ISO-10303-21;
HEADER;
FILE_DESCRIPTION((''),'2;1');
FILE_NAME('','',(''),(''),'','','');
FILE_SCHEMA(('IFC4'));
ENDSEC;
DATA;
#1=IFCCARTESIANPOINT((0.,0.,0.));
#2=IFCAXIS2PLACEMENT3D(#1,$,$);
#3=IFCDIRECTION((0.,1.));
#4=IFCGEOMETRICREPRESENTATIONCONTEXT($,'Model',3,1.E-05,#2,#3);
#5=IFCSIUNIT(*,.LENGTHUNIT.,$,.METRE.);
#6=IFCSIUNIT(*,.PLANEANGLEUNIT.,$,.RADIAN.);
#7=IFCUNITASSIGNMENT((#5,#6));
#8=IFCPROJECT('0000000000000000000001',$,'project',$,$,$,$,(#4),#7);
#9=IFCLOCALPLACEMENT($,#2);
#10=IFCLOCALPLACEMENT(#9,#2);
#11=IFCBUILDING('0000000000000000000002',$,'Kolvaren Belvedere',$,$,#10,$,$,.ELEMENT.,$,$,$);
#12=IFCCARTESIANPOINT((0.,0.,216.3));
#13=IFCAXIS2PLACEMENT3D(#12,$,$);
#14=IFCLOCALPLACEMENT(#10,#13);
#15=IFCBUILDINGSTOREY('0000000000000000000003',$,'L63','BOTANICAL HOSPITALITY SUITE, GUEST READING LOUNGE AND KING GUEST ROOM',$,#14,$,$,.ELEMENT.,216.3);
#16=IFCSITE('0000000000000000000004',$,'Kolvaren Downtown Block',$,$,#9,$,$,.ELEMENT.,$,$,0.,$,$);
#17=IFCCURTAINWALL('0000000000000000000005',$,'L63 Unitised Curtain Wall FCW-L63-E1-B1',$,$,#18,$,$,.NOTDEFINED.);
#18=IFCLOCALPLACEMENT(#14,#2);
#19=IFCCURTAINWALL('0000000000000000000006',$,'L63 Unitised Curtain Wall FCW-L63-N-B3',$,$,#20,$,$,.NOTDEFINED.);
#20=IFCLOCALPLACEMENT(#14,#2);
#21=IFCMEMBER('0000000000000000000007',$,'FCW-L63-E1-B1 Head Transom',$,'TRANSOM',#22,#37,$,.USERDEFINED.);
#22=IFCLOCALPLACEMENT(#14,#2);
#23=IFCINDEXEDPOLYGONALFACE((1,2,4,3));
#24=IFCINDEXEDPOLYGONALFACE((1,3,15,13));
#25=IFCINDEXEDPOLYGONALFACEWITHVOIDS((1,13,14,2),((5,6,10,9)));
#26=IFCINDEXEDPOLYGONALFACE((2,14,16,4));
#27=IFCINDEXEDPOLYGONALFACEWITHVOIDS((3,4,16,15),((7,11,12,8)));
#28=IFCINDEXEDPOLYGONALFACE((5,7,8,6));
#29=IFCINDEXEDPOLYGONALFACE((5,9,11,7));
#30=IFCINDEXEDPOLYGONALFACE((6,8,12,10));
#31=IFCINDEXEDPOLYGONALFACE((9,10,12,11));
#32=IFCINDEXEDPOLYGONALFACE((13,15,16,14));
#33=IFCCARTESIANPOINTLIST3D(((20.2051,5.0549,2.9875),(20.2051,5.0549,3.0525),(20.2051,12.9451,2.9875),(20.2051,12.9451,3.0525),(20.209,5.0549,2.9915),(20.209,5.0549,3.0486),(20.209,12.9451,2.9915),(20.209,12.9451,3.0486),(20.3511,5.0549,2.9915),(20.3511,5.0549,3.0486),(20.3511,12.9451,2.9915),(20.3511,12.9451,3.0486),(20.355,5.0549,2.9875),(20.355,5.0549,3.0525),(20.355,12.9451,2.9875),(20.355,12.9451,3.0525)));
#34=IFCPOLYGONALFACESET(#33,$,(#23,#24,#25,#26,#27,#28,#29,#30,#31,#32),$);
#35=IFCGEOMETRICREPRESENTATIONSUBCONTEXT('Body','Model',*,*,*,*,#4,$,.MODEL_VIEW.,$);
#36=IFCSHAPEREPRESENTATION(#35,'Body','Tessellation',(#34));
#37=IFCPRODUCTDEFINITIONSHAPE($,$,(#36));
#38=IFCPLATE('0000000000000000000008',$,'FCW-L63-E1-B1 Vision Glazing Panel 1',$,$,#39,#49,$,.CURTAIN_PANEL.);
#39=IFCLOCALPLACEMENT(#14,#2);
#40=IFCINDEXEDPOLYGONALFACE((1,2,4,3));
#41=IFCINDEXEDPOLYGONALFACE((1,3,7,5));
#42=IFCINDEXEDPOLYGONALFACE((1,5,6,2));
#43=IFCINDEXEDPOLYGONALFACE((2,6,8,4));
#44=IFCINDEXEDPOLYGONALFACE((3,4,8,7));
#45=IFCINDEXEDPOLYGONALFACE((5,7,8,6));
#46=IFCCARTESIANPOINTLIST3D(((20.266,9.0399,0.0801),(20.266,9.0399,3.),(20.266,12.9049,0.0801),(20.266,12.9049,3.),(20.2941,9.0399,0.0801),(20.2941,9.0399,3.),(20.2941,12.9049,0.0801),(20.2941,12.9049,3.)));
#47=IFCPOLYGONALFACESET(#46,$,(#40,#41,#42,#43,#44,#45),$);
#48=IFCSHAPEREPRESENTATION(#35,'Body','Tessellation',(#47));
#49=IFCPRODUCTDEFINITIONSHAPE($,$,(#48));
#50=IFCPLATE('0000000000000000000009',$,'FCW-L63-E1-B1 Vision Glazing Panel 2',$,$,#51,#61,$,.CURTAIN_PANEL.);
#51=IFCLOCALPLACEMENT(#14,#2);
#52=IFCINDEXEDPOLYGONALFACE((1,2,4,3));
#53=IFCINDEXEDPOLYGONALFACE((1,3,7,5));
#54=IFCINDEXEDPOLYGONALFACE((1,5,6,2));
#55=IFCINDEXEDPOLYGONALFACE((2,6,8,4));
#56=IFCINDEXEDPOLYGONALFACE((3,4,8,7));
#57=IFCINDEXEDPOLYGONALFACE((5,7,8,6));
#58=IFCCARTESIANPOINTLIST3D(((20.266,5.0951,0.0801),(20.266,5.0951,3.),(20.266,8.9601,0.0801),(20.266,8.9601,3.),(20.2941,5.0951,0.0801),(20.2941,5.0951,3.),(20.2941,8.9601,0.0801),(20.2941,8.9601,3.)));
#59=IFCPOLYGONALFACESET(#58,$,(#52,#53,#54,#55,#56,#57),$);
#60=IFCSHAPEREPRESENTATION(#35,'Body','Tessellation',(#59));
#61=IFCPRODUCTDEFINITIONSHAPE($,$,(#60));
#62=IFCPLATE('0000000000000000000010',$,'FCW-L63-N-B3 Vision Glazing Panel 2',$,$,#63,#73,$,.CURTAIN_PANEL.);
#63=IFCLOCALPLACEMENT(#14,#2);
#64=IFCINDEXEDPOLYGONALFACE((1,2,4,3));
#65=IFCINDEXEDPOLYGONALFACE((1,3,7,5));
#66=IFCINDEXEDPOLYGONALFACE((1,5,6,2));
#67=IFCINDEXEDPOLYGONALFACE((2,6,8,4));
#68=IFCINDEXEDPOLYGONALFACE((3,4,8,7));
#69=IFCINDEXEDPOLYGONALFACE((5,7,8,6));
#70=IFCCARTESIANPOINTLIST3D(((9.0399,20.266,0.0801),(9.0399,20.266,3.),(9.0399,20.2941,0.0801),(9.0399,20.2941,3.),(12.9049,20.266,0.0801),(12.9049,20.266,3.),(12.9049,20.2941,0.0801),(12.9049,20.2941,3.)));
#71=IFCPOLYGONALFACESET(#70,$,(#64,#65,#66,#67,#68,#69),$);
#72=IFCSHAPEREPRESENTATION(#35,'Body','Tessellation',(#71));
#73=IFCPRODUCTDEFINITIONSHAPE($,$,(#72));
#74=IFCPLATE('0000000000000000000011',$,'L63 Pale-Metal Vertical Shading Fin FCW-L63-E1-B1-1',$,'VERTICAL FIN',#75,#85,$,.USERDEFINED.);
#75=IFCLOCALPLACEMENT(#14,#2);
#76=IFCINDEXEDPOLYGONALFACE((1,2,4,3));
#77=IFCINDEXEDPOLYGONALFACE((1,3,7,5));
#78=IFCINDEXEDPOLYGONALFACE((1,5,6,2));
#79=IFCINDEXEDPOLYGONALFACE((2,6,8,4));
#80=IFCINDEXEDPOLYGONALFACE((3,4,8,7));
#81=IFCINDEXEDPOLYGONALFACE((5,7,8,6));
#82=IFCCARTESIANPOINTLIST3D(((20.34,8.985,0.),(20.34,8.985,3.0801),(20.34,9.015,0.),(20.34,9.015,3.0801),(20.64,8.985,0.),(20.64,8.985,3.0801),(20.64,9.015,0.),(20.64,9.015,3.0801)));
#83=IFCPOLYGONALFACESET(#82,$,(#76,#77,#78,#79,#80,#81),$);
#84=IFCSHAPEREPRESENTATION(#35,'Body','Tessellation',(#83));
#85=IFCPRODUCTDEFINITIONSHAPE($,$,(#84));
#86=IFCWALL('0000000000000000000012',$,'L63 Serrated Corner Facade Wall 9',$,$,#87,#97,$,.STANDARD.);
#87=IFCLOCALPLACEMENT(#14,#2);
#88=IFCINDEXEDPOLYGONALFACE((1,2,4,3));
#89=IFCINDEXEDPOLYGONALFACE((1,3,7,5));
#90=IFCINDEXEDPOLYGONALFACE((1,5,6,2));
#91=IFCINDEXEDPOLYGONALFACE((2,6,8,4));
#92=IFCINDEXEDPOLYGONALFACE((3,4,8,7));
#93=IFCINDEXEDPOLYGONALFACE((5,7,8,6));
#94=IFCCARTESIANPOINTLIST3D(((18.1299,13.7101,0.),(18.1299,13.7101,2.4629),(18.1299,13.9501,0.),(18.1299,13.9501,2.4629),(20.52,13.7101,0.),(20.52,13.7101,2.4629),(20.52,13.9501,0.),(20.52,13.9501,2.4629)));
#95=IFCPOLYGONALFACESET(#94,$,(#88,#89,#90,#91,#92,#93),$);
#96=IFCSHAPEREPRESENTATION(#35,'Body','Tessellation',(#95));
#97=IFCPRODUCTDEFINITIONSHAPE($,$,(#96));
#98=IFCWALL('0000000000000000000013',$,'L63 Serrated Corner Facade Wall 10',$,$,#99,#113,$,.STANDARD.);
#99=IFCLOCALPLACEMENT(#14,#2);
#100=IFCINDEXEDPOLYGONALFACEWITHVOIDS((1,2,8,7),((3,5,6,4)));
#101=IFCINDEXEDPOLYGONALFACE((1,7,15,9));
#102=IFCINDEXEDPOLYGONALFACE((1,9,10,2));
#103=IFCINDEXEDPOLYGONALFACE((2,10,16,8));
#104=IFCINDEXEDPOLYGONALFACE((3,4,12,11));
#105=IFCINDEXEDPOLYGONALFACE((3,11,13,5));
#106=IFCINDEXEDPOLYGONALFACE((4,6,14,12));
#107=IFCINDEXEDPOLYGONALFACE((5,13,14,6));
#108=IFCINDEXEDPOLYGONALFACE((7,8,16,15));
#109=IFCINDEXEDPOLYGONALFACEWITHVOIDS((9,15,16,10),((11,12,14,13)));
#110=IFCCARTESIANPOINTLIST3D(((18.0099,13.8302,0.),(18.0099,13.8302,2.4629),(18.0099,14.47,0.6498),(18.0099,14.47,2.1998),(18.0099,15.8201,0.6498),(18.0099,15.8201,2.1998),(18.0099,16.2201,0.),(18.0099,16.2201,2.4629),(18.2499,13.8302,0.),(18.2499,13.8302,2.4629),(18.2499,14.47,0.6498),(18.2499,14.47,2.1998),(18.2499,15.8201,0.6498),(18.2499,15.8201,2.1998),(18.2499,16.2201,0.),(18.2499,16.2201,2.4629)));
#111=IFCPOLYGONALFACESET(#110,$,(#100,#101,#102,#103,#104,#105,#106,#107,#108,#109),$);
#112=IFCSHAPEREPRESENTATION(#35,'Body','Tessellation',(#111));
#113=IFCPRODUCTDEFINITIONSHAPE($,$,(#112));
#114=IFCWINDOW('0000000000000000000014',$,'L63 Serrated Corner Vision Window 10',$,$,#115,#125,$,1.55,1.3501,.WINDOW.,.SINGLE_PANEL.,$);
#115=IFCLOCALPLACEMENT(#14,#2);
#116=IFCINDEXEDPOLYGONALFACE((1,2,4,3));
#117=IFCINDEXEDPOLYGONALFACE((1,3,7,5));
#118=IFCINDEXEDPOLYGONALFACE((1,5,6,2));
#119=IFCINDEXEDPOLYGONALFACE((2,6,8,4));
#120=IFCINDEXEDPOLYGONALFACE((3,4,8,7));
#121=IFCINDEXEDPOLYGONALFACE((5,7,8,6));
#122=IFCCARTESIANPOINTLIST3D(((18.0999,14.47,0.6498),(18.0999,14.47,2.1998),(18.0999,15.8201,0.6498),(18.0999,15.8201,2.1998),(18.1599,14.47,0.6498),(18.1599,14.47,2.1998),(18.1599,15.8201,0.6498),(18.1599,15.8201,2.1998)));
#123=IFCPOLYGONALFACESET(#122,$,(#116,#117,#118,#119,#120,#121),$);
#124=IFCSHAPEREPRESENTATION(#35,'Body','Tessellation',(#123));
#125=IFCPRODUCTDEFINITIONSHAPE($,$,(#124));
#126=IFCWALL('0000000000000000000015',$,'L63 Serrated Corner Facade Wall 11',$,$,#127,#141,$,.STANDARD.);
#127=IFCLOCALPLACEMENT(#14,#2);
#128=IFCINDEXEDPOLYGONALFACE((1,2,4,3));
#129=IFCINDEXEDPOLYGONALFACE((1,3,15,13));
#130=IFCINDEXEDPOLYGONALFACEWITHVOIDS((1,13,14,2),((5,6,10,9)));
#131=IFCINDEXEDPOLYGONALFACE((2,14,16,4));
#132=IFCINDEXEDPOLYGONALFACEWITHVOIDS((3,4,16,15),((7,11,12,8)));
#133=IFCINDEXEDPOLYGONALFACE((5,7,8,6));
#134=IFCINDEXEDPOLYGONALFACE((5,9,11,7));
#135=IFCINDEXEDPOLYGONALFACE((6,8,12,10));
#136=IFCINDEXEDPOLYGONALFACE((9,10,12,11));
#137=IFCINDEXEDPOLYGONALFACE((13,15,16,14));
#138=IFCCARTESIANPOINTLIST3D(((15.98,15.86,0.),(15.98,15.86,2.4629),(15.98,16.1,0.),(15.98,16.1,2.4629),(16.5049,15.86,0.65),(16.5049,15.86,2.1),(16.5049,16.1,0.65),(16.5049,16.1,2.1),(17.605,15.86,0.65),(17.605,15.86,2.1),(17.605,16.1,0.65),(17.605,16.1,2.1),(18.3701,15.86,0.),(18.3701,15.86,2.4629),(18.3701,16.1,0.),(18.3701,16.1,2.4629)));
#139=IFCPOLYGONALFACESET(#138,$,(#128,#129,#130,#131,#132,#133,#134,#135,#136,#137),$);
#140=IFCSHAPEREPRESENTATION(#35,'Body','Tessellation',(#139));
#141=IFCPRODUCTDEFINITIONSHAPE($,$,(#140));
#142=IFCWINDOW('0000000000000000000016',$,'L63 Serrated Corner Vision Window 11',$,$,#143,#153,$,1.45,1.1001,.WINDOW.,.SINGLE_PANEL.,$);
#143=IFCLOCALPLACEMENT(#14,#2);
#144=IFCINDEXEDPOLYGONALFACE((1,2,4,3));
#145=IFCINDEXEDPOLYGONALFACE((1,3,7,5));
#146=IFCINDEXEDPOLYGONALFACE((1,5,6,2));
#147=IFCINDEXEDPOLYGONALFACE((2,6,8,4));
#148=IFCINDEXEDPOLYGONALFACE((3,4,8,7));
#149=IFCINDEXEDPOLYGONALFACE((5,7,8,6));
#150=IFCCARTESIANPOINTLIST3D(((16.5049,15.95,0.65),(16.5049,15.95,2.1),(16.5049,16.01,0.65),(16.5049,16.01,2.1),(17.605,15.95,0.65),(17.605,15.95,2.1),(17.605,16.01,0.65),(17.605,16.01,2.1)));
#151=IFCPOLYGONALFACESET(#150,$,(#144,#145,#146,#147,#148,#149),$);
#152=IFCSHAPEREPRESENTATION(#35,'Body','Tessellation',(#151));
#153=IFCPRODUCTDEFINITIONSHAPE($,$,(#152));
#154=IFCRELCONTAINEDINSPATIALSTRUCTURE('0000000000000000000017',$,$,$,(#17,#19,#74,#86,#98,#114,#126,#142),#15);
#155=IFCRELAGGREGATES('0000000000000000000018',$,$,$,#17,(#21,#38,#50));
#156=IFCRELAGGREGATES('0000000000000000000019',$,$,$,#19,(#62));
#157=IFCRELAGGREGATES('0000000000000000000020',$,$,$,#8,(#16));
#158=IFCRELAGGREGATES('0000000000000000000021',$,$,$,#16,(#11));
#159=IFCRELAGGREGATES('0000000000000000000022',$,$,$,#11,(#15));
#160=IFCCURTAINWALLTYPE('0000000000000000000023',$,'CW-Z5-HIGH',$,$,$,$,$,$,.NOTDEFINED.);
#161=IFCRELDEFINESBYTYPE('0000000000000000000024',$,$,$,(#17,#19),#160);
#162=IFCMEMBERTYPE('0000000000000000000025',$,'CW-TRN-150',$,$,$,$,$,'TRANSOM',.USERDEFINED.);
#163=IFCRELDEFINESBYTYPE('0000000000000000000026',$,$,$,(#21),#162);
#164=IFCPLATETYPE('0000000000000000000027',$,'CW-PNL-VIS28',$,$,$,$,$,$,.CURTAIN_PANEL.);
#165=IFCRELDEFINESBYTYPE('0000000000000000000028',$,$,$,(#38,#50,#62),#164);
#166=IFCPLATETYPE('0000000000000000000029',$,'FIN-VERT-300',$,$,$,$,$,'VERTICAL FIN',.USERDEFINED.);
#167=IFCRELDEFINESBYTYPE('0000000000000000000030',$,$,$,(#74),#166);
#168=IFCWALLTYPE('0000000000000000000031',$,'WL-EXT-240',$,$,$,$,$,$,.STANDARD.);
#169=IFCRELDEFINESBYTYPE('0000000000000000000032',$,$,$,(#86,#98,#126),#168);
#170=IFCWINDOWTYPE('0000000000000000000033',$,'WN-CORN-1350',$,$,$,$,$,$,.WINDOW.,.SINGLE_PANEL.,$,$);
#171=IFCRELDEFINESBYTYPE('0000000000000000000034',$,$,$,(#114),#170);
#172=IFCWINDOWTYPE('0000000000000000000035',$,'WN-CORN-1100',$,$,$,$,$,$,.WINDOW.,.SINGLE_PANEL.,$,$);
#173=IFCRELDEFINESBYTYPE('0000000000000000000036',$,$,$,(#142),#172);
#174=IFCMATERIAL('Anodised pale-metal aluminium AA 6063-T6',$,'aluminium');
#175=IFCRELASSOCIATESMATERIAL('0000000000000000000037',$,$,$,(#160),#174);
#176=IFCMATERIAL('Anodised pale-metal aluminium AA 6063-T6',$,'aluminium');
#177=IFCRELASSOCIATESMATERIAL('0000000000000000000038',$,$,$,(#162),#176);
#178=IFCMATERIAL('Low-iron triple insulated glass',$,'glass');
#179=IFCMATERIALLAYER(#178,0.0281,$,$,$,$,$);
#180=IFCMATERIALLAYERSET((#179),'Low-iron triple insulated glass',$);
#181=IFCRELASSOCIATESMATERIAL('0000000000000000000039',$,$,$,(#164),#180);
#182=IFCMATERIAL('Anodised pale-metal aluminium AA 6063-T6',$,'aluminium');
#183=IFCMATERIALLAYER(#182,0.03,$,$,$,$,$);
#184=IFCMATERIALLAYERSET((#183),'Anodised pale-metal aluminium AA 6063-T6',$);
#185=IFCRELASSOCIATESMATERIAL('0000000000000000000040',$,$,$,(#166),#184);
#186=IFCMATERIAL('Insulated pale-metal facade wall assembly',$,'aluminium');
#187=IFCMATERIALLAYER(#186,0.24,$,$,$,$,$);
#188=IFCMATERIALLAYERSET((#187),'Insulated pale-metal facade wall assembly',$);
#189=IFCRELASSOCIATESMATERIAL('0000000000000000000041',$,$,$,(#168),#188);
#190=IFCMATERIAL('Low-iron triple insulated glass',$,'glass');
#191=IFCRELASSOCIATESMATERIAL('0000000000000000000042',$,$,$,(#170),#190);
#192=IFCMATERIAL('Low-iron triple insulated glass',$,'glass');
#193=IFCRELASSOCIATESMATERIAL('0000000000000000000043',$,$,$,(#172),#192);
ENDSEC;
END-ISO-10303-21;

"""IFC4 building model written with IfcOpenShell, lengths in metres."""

from ifc_helpers import new_model, si_unit, direction, frame, frame_2d, origin, origin_2d, place, context, subcontext, project, spatial, rectangle, hollow_rectangle, extrude, material, layer, layer_set, material_profile, profile_set, type_object, element, fill, aggregate, save


model = new_model("IFC4")

# Units and contexts
model_context = context("Model", 3, precision=1e-05, world=origin(), true_north=direction((0.0, 1.0)))
body_context = subcontext(model_context, "Body", "Model", "MODEL_VIEW")
ifc_project = project(units=[si_unit("LENGTHUNIT", "METRE"), si_unit("PLANEANGLEUNIT", "RADIAN")], contexts=[model_context])

# Site, building, storey
site_placement = place(None, origin())
site = spatial("IfcSite", under=ifc_project, at=site_placement, Name="Kolvaren Downtown Block", CompositionType="ELEMENT", RefElevation=0.0)
building_placement = place(site_placement, origin())
building = spatial("IfcBuilding", under=site, at=building_placement, Name="Kolvaren Belvedere", CompositionType="ELEMENT")
storey_placement = place(building_placement, frame((0.0, 0.0, 216.3)))
storey = spatial("IfcBuildingStorey", under=building, at=storey_placement, Name="L63", Description="BOTANICAL HOSPITALITY SUITE, GUEST READING LOUNGE AND KING GUEST ROOM", CompositionType="ELEMENT", Elevation=216.3)

# Curtain wall
ifc_material_1 = material(Name="Anodised pale-metal aluminium AA 6063-T6", Category="aluminium")
curtain_wall_type = type_object("IfcCurtainWallType", Name="CW-Z5-HIGH", PredefinedType="NOTDEFINED", material=ifc_material_1)
curtain_wall_1_placement = place(storey_placement, origin())
curtain_wall_1 = element("IfcCurtainWall", 1, at=curtain_wall_1_placement, inside=storey, type_object=curtain_wall_type, Name="L63 Unitised Curtain Wall FCW-L63-E1-B1", PredefinedType="NOTDEFINED")

# Curtain wall
curtain_wall_2_placement = place(storey_placement, origin())
curtain_wall_2 = element("IfcCurtainWall", 2, at=curtain_wall_2_placement, inside=storey, type_object=curtain_wall_type, Name="L63 Unitised Curtain Wall FCW-L63-N-B3", PredefinedType="NOTDEFINED")

# Member
ifc_material_2 = material(Name="Anodised pale-metal aluminium AA 6063-T6", Category="aluminium")
ifc_material_profile_1 = material_profile(ifc_material_2, hollow_rectangle(XDim=0.0649, YDim=0.1499, WallThickness=0.0039, at=origin_2d()), Name="ALU-TRN-150X65")
ifc_profile_set_1 = profile_set([ifc_material_profile_1], Name="Anodised pale-metal aluminium AA 6063-T6")
member_type_1 = type_object("IfcMemberType", Name="CW-TRN-150", ElementType="TRANSOM", PredefinedType="USERDEFINED", material=ifc_profile_set_1)
member_1_placement = place(storey_placement, frame((20.28, 12.9451, 3.02), z_axis=(0.0, -1.0, 0.0), x_axis=(0.0, 0.0, 1.0)))
member_1 = element("IfcMember", 3, at=member_1_placement, type_object=member_type_1, Name="FCW-L63-E1-B1 Head Transom", ObjectType="TRANSOM", PredefinedType="USERDEFINED", context=body_context, shape_type="SweptSolid", body=[
    extrude(hollow_rectangle(XDim=0.0649, YDim=0.1499, WallThickness=0.0039, at=origin_2d()), origin(), (0.0, 0.0, 1.0), 7.8901),
])

# Plates
ifc_material_3 = material(Name="Low-iron triple insulated glass", Category="glass")
ifc_layer_1 = layer(ifc_material_3, 0.0281)
ifc_layer_set_1 = layer_set([ifc_layer_1], Name="Low-iron triple insulated glass")
plate_type_1 = type_object("IfcPlateType", Name="CW-PNL-VIS28", PredefinedType="CURTAIN_PANEL", material=ifc_layer_set_1)
plate_1_placement = place(storey_placement, frame((20.28, 10.9724, 0.0801), z_axis=(0.0, 0.0, 1.0), x_axis=(0.0, -1.0, 0.0)))
plate_1 = element("IfcPlate", 4, at=plate_1_placement, type_object=plate_type_1, Name="FCW-L63-E1-B1 Vision Glazing Panel 1", PredefinedType="CURTAIN_PANEL", context=body_context, shape_type="SweptSolid", body=[
    extrude(rectangle(XDim=3.865, YDim=0.0281, at=origin_2d()), origin(), (0.0, 0.0, 1.0), 2.9199),
])
plate_2_placement = place(storey_placement, frame((20.28, 7.0276, 0.0801), z_axis=(0.0, 0.0, 1.0), x_axis=(0.0, -1.0, 0.0)))
plate_2 = element("IfcPlate", 5, at=plate_2_placement, type_object=plate_type_1, Name="FCW-L63-E1-B1 Vision Glazing Panel 2", PredefinedType="CURTAIN_PANEL", context=body_context, shape_type="SweptSolid", body=[
    extrude(rectangle(XDim=3.865, YDim=0.0281, at=origin_2d()), origin(), (0.0, 0.0, 1.0), 2.9199),
])
aggregate(curtain_wall_1, [member_1, plate_1, plate_2])
plate_3_placement = place(storey_placement, frame((10.9724, 20.28, 0.0801), z_axis=(0.0, 0.0, 1.0), x_axis=(1.0, 0.0, 0.0)))
plate_3 = element("IfcPlate", 6, at=plate_3_placement, type_object=plate_type_1, Name="FCW-L63-N-B3 Vision Glazing Panel 2", PredefinedType="CURTAIN_PANEL", context=body_context, shape_type="SweptSolid", body=[
    extrude(rectangle(XDim=3.865, YDim=0.0281, at=origin_2d()), origin(), (0.0, 0.0, 1.0), 2.9199),
])
aggregate(curtain_wall_2, [plate_3])
ifc_material_4 = material(Name="Anodised pale-metal aluminium AA 6063-T6", Category="aluminium")
ifc_layer_2 = layer(ifc_material_4, 0.03)
ifc_layer_set_2 = layer_set([ifc_layer_2], Name="Anodised pale-metal aluminium AA 6063-T6")
plate_type_2 = type_object("IfcPlateType", Name="FIN-VERT-300", ElementType="VERTICAL FIN", PredefinedType="USERDEFINED", material=ifc_layer_set_2)
plate_4_placement = place(storey_placement, frame((20.49, 9.0, 0.0), z_axis=(0.0, 0.0, 1.0), x_axis=(1.0, 0.0, 0.0)))
element("IfcPlate", 7, at=plate_4_placement, inside=storey, type_object=plate_type_2, Name="L63 Pale-Metal Vertical Shading Fin FCW-L63-E1-B1-1", ObjectType="VERTICAL FIN", PredefinedType="USERDEFINED", context=body_context, shape_type="SweptSolid", body=[
    extrude(rectangle(XDim=0.3, YDim=0.03, at=origin_2d()), origin(), (0.0, 0.0, 1.0), 3.0801),
])

# Wall
ifc_material_5 = material(Name="Insulated pale-metal facade wall assembly", Category="aluminium")
ifc_layer_3 = layer(ifc_material_5, 0.24)
ifc_layer_set_3 = layer_set([ifc_layer_3], Name="Insulated pale-metal facade wall assembly")
wall_type_1 = type_object("IfcWallType", Name="WL-EXT-240", PredefinedType="STANDARD", material=ifc_layer_set_3)
wall_1_placement = place(storey_placement, frame((18.1299, 13.8301, 0.0), z_axis=(0.0, 0.0, 1.0), x_axis=(1.0, 0.0, 0.0)))
element("IfcWall", 8, at=wall_1_placement, inside=storey, type_object=wall_type_1, Name="L63 Serrated Corner Facade Wall 9", PredefinedType="STANDARD", context=body_context, shape_type="SweptSolid", body=[
    extrude(rectangle(XDim=2.3901, YDim=0.24, at=frame_2d((1.1951, 0.0))), origin(), (0.0, 0.0, 1.0), 2.4629),
])

# Walls, openings, windows
wall_2_placement = place(storey_placement, frame((18.1299, 16.22, 0.0), z_axis=(0.0, 0.0, 1.0), x_axis=(0.0, -1.0, 0.0)))
wall_2 = element("IfcWall", 9, at=wall_2_placement, inside=storey, type_object=wall_type_1, Name="L63 Serrated Corner Facade Wall 10", PredefinedType="STANDARD", context=body_context, shape_type="SweptSolid", body=[
    extrude(rectangle(XDim=2.3899, YDim=0.24, at=frame_2d((1.1948, 0.0))), origin(), (0.0, 0.0, 1.0), 2.4629),
])
opening_1_placement = place(wall_2_placement, frame((0.3999, 0.0, 0.6499)))
opening_1 = element("IfcOpeningElement", 10, at=opening_1_placement, cuts=wall_2, PredefinedType="OPENING", context=body_context, shape_type="SweptSolid", body=[
    extrude(rectangle(XDim=1.3501, YDim=1.55, at=frame_2d((0.675, 0.7749))), frame((0.0, 0.1299, 0.0), z_axis=(0.0, -1.0, 0.0), x_axis=(1.0, 0.0, 0.0)), (0.0, 0.0, 1.0), 0.26),
])
ifc_material_6 = material(Name="Low-iron triple insulated glass", Category="glass")
window_type_1 = type_object("IfcWindowType", Name="WN-CORN-1350", PartitioningType="SINGLE_PANEL", PredefinedType="WINDOW", material=ifc_material_6)
window_1_placement = place(opening_1_placement, origin())
window_1 = element("IfcWindow", 11, at=window_1_placement, inside=storey, type_object=window_type_1, Name="L63 Serrated Corner Vision Window 10", OverallHeight=1.55, OverallWidth=1.3501, PartitioningType="SINGLE_PANEL", PredefinedType="WINDOW", context=body_context, shape_type="SweptSolid", body=[
    extrude(rectangle(XDim=1.3501, YDim=1.55, at=frame_2d((0.675, 0.7749))), frame((0.0, 0.03, 0.0), z_axis=(0.0, -1.0, 0.0), x_axis=(1.0, 0.0, 0.0)), (0.0, 0.0, 1.0), 0.0601),
])
fill(opening_1, window_1)
wall_3_placement = place(storey_placement, frame((15.98, 15.98, 0.0), z_axis=(0.0, 0.0, 1.0), x_axis=(1.0, 0.0, 0.0)))
wall_3 = element("IfcWall", 12, at=wall_3_placement, inside=storey, type_object=wall_type_1, Name="L63 Serrated Corner Facade Wall 11", PredefinedType="STANDARD", context=body_context, shape_type="SweptSolid", body=[
    extrude(rectangle(XDim=2.3901, YDim=0.24, at=frame_2d((1.1951, 0.0))), origin(), (0.0, 0.0, 1.0), 2.4629),
])
opening_2_placement = place(wall_3_placement, frame((0.5249, 0.0, 0.6499)))
opening_2 = element("IfcOpeningElement", 13, at=opening_2_placement, cuts=wall_3, PredefinedType="OPENING", context=body_context, shape_type="SweptSolid", body=[
    extrude(rectangle(XDim=1.1001, YDim=1.45, at=frame_2d((0.55, 0.7251))), frame((0.0, 0.1299, 0.0), z_axis=(0.0, -1.0, 0.0), x_axis=(1.0, 0.0, 0.0)), (0.0, 0.0, 1.0), 0.26),
])
ifc_material_7 = material(Name="Low-iron triple insulated glass", Category="glass")
window_type_2 = type_object("IfcWindowType", Name="WN-CORN-1100", PartitioningType="SINGLE_PANEL", PredefinedType="WINDOW", material=ifc_material_7)
window_2_placement = place(opening_2_placement, origin())
window_2 = element("IfcWindow", 14, at=window_2_placement, inside=storey, type_object=window_type_2, Name="L63 Serrated Corner Vision Window 11", OverallHeight=1.45, OverallWidth=1.1001, PartitioningType="SINGLE_PANEL", PredefinedType="WINDOW", context=body_context, shape_type="SweptSolid", body=[
    extrude(rectangle(XDim=1.1001, YDim=1.45, at=frame_2d((0.55, 0.7251))), frame((0.0, 0.03, 0.0), z_axis=(0.0, -1.0, 0.0), x_axis=(1.0, 0.0, 0.0)), (0.0, 0.0, 1.0), 0.0601),
])
fill(opening_2, window_2)

save(model, "model.ifc")
